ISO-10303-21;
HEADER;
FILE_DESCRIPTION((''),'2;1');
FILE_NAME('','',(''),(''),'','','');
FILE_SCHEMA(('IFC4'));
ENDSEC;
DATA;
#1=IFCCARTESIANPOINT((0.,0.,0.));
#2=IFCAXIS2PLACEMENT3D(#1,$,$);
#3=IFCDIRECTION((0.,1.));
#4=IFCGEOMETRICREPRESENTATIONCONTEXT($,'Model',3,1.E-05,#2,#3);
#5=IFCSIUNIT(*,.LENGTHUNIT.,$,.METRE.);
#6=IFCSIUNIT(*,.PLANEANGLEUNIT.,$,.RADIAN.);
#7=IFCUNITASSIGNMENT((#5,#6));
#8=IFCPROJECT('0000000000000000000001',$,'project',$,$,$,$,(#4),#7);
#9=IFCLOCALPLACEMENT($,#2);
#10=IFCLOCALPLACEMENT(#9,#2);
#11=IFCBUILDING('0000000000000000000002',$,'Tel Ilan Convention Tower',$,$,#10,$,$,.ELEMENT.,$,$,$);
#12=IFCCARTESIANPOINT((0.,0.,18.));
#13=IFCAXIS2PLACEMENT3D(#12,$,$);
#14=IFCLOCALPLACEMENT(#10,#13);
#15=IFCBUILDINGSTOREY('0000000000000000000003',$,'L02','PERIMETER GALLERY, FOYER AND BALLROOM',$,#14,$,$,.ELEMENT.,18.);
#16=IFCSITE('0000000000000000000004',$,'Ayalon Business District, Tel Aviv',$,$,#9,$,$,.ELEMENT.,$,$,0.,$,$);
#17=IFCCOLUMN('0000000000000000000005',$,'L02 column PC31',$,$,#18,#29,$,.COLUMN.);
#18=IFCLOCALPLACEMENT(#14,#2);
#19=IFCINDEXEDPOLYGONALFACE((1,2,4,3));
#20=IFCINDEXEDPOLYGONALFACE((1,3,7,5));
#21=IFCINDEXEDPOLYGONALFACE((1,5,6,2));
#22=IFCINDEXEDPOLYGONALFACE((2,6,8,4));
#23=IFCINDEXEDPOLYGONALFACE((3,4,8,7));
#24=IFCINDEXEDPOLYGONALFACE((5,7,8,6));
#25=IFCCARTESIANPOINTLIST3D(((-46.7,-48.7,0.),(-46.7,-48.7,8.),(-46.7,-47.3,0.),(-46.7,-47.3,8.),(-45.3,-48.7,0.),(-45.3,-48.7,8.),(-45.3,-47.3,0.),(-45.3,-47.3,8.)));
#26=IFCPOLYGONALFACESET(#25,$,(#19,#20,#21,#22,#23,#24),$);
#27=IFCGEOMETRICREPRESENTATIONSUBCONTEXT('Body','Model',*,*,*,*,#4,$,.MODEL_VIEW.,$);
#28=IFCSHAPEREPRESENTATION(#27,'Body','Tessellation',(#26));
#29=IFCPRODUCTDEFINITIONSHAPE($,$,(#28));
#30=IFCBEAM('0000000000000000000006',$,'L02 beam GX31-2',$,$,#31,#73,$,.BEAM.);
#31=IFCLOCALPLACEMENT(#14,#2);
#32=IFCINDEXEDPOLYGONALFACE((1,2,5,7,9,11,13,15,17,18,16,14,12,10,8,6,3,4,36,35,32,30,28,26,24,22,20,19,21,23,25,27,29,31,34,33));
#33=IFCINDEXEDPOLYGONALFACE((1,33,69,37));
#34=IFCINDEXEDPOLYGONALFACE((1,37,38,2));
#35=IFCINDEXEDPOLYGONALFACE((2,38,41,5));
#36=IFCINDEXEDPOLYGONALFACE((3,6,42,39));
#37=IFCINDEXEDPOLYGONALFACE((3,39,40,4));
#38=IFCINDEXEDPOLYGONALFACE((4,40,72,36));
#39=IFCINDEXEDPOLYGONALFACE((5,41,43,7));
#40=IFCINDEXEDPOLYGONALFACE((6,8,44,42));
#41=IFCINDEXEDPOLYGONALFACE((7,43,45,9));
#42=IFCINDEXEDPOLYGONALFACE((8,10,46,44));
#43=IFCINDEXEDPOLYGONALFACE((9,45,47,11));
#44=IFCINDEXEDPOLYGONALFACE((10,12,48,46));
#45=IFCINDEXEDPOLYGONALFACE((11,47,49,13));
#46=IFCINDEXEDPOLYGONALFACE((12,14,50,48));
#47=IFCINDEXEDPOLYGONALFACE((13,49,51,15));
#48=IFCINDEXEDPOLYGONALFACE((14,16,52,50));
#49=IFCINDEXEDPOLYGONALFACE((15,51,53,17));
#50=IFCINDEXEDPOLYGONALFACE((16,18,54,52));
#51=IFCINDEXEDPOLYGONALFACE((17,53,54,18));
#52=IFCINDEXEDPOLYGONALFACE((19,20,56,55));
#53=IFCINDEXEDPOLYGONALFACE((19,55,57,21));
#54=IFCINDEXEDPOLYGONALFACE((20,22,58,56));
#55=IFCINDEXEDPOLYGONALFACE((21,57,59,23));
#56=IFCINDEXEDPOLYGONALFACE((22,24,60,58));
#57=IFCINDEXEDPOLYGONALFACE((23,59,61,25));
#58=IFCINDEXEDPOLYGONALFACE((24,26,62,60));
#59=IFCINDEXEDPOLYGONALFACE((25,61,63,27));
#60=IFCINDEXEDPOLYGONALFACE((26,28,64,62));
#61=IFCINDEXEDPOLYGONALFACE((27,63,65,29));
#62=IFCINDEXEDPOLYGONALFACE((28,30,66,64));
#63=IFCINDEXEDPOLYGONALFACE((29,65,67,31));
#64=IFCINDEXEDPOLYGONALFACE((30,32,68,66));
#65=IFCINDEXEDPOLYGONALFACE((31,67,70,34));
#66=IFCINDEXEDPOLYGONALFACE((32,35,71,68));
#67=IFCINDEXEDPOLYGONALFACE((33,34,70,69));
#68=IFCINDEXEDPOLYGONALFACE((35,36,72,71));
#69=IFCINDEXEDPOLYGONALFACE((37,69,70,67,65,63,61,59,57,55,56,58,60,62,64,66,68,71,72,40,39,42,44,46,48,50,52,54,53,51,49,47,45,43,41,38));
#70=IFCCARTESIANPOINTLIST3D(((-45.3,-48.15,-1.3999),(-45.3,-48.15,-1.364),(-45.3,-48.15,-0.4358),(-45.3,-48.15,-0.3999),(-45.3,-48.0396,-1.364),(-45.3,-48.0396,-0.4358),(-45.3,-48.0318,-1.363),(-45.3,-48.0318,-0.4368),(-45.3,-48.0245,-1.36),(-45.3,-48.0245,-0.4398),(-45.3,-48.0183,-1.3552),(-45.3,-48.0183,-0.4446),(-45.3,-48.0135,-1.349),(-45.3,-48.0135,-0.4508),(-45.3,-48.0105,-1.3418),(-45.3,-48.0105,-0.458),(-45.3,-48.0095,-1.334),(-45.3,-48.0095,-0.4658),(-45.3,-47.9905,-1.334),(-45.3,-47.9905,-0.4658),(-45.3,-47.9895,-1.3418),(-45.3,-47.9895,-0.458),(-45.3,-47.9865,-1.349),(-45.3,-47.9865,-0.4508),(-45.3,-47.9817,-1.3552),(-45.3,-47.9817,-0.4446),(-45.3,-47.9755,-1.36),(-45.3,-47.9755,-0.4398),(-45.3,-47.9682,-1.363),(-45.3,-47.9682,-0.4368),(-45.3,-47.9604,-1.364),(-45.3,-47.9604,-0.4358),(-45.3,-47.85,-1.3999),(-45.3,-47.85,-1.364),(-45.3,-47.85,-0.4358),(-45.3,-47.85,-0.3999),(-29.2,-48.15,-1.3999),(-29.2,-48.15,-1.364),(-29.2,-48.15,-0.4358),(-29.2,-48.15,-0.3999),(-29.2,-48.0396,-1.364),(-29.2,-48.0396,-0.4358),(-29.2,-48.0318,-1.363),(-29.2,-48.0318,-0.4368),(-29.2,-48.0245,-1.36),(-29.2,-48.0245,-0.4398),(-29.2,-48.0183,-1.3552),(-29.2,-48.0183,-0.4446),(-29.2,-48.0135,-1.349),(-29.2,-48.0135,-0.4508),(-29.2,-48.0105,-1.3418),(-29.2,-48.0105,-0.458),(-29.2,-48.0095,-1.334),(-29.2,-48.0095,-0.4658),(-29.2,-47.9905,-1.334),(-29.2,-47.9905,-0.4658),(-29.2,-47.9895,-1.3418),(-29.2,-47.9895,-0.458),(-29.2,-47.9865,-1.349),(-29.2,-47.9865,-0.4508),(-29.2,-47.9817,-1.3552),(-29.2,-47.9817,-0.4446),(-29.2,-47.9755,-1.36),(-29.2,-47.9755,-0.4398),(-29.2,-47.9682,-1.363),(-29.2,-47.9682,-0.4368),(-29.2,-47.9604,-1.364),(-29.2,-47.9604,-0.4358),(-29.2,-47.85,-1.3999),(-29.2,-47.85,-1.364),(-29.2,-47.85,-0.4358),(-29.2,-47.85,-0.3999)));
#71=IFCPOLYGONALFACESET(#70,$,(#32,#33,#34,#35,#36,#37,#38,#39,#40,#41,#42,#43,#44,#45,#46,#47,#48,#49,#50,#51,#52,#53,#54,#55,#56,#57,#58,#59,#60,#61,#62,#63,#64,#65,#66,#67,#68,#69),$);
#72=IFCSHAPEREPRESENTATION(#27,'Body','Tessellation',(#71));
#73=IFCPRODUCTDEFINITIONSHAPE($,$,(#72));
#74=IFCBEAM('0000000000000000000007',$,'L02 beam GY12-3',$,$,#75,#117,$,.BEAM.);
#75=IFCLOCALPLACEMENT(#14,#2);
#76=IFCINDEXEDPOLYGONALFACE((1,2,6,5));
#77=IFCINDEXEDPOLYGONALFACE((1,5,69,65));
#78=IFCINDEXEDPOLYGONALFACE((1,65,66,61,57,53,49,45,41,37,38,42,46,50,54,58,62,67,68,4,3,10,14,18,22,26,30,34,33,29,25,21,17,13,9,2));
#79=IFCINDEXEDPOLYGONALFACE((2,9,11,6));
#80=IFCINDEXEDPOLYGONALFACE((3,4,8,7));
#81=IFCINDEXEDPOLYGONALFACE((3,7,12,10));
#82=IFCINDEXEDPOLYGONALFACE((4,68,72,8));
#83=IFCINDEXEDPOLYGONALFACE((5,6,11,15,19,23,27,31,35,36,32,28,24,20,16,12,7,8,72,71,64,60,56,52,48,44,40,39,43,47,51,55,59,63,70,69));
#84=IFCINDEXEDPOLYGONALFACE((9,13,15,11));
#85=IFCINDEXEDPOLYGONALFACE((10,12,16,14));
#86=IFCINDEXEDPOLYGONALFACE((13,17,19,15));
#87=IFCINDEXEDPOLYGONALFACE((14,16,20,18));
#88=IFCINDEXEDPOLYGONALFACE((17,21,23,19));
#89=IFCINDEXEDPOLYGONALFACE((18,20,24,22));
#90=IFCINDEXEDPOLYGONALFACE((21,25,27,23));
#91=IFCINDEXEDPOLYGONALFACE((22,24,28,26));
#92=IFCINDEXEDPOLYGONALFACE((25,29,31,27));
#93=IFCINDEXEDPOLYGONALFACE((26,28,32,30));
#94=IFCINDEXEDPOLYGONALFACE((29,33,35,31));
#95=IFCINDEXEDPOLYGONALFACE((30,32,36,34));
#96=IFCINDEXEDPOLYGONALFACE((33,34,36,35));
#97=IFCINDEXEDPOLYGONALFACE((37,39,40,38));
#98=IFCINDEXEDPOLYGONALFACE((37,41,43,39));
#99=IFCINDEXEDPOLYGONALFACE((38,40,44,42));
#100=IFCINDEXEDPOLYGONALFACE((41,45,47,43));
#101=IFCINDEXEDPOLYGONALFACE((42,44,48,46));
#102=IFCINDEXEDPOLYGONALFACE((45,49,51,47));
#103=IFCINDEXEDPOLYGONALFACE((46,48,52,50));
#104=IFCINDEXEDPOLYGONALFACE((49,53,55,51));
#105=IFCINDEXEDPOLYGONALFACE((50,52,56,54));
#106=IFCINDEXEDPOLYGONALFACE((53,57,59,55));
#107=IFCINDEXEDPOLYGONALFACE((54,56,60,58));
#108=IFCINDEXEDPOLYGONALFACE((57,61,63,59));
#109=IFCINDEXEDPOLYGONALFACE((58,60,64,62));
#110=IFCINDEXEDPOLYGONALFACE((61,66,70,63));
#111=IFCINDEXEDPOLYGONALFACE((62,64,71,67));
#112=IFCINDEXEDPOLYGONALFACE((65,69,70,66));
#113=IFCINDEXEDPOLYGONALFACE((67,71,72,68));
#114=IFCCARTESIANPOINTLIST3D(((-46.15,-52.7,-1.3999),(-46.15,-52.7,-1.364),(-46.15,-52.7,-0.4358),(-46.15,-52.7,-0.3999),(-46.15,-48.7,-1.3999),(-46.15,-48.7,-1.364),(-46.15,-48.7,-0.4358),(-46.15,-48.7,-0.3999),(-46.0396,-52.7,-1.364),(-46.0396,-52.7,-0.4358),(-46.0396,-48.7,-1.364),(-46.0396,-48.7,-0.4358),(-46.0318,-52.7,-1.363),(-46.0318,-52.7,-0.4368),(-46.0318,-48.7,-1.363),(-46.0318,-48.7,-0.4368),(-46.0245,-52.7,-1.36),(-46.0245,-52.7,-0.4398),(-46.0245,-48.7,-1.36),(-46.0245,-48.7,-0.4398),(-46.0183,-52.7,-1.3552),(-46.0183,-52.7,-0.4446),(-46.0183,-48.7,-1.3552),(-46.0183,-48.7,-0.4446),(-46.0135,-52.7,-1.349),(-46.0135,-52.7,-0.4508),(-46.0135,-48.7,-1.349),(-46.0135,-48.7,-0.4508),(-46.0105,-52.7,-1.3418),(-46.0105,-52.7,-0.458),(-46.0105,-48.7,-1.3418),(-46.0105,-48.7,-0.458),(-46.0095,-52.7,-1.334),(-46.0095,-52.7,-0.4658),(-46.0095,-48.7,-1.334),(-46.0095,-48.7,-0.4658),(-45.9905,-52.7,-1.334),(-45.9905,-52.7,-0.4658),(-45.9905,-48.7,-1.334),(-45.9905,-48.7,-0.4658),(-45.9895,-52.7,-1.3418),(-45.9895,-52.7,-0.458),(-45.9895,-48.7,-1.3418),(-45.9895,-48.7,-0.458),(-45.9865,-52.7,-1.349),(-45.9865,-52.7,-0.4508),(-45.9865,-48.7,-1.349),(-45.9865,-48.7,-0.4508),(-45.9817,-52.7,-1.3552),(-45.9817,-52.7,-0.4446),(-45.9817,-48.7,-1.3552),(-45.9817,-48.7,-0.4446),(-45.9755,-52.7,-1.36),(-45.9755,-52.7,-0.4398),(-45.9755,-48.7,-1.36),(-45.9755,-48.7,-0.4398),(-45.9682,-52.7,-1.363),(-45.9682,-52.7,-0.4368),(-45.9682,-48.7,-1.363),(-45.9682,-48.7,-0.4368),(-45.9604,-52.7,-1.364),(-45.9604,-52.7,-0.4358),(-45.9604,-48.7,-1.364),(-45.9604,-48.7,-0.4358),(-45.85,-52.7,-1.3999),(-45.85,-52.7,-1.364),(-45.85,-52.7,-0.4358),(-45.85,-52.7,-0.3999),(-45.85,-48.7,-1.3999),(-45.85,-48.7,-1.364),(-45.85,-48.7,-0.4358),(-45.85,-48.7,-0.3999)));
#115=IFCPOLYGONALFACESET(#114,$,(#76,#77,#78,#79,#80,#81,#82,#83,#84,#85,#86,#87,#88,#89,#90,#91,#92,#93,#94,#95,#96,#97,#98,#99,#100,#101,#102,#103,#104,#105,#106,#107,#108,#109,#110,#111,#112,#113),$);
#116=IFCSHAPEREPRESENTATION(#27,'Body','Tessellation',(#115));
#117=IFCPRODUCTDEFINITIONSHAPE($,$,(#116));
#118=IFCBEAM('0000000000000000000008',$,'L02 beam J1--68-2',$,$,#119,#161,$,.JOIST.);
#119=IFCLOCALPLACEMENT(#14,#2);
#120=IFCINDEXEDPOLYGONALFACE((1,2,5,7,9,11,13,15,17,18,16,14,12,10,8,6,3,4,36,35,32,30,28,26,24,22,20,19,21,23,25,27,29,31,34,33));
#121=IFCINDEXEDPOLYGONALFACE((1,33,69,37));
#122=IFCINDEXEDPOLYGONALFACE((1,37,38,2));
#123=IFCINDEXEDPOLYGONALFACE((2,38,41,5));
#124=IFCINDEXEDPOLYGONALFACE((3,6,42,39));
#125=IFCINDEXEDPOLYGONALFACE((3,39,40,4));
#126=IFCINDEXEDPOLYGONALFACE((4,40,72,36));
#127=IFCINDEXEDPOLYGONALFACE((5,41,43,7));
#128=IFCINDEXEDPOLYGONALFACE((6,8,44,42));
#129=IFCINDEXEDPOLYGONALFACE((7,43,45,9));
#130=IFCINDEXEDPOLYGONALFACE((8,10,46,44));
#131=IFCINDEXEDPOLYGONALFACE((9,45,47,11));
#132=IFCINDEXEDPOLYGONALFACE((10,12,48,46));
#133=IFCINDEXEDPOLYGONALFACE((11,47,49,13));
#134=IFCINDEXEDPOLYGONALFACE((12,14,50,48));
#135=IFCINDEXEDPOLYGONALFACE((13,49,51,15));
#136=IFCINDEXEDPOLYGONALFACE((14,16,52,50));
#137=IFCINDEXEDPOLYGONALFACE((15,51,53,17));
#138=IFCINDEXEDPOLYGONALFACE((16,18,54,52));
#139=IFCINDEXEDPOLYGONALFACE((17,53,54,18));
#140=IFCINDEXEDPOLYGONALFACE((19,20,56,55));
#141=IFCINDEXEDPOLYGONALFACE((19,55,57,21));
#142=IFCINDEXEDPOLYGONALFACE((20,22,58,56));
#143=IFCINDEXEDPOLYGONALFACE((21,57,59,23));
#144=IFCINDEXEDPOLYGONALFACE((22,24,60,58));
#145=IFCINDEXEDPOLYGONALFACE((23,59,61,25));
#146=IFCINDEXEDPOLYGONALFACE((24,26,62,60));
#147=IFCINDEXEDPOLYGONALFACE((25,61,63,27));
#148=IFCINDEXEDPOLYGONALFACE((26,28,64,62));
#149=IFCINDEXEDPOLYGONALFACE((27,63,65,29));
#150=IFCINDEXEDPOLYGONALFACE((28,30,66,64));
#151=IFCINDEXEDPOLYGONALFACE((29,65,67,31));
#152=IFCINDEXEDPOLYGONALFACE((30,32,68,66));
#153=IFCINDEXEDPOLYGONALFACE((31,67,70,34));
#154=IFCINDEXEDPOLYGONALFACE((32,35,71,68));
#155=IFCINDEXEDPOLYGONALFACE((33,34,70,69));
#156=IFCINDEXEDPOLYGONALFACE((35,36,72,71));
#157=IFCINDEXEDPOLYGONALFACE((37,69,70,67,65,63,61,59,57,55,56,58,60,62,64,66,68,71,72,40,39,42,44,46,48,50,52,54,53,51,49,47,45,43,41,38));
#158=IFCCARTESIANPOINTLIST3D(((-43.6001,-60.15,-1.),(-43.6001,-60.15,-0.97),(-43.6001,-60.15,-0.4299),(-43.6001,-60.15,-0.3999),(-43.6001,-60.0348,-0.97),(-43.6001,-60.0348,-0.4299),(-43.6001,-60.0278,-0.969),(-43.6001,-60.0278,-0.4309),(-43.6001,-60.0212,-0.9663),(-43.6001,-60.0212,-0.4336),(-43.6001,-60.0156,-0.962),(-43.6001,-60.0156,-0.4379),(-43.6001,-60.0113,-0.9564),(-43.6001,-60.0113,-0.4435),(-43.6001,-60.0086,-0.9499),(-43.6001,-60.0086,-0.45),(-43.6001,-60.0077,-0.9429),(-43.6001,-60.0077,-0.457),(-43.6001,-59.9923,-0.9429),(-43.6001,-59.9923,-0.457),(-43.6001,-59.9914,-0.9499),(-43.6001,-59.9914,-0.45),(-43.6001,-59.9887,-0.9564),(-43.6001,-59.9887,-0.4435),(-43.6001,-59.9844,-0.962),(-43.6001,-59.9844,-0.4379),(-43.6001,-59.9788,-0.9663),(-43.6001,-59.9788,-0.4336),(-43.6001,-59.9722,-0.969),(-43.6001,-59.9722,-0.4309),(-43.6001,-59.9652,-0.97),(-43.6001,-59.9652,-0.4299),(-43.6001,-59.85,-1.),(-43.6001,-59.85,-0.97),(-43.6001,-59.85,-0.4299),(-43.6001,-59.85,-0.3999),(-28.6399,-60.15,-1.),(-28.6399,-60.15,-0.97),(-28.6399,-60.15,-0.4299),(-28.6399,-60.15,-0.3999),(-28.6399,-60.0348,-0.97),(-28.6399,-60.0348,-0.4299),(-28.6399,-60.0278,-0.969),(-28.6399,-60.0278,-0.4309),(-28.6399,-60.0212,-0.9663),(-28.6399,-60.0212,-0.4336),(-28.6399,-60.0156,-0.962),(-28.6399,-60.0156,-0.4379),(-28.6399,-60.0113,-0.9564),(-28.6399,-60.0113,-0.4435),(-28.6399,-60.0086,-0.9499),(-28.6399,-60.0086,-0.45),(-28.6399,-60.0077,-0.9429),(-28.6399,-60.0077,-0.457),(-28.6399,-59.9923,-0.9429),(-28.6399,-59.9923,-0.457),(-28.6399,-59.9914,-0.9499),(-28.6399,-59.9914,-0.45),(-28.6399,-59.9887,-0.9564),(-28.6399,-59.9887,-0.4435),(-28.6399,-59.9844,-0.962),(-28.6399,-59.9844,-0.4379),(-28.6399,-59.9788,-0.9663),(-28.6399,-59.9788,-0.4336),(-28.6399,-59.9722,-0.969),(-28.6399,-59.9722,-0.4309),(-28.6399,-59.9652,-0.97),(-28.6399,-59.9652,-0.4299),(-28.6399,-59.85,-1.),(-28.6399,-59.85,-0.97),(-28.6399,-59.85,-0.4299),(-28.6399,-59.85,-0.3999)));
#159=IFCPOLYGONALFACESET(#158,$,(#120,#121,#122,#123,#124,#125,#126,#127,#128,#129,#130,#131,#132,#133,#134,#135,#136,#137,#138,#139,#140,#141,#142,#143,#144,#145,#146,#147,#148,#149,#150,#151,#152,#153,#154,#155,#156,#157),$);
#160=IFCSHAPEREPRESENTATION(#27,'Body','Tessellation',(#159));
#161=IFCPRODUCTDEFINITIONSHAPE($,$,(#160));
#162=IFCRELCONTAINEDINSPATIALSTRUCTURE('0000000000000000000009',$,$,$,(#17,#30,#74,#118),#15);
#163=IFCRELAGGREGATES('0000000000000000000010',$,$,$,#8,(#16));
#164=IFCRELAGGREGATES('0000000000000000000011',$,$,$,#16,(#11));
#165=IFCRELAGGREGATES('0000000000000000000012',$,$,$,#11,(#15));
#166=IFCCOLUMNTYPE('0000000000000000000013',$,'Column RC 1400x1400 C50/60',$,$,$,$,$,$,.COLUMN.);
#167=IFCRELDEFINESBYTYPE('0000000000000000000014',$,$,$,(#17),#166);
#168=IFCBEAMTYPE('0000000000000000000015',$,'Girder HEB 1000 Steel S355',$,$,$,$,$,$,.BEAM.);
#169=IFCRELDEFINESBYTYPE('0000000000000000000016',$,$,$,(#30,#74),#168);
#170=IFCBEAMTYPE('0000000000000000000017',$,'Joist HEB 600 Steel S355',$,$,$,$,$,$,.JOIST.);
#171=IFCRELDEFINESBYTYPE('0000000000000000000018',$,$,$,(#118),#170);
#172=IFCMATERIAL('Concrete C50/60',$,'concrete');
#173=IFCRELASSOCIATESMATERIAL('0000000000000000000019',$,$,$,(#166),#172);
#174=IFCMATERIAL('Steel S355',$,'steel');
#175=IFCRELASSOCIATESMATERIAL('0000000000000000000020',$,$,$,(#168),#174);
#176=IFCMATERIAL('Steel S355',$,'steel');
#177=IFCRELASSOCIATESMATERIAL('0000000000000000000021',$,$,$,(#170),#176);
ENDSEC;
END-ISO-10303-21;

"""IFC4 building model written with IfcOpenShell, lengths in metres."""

from ifc_helpers import new_model, si_unit, direction, frame, origin, origin_2d, place, context, subcontext, project, spatial, rectangle, i_section, extrude, material, material_profile, profile_set, type_object, element, save


model = new_model("IFC4")

# Units and contexts
model_context = context("Model", 3, precision=1e-05, world=origin(), true_north=direction((0.0, 1.0)))
body_context = subcontext(model_context, "Body", "Model", "MODEL_VIEW")
ifc_project = project(units=[si_unit("LENGTHUNIT", "METRE"), si_unit("PLANEANGLEUNIT", "RADIAN")], contexts=[model_context])

# Site, building, storey
site_placement = place(None, origin())
site = spatial("IfcSite", under=ifc_project, at=site_placement, Name="Ayalon Business District, Tel Aviv", CompositionType="ELEMENT", RefElevation=0.0)
building_placement = place(site_placement, origin())
building = spatial("IfcBuilding", under=site, at=building_placement, Name="Tel Ilan Convention Tower", CompositionType="ELEMENT")
storey_placement = place(building_placement, frame((0.0, 0.0, 18.0)))
storey = spatial("IfcBuildingStorey", under=building, at=storey_placement, Name="L02", Description="PERIMETER GALLERY, FOYER AND BALLROOM", CompositionType="ELEMENT", Elevation=18.0)

# Column
ifc_material_1 = material(Name="Concrete C50/60", Category="concrete")
ifc_material_profile_1 = material_profile(ifc_material_1, rectangle(XDim=1.3999, YDim=1.3999, at=origin_2d()), Name="RC 1400x1400")
ifc_profile_set_1 = profile_set([ifc_material_profile_1], Name="Concrete C50/60")
column_type = type_object("IfcColumnType", Name="Column RC 1400x1400 C50/60", PredefinedType="COLUMN", material=ifc_profile_set_1)
column_placement = place(storey_placement, frame((-46.0, -48.0, 0.0), z_axis=(0.0, 0.0, 1.0), x_axis=(1.0, 0.0, 0.0)))
element("IfcColumn", 1, at=column_placement, inside=storey, type_object=column_type, Name="L02 column PC31", PredefinedType="COLUMN", context=body_context, shape_type="SweptSolid", body=[
    extrude(rectangle(XDim=1.3999, YDim=1.3999, at=origin_2d()), origin(), (0.0, 0.0, 1.0), 8.0),
])

# Beams
ifc_material_2 = material(Name="Steel S355", Category="steel")
ifc_material_profile_2 = material_profile(ifc_material_2, i_section(OverallWidth=0.3, OverallDepth=1.0, WebThickness=0.019, FlangeThickness=0.0359, FilletRadius=0.03, at=origin_2d()), Name="HEB 1000")
ifc_profile_set_2 = profile_set([ifc_material_profile_2], Name="Steel S355")
beam_type_1 = type_object("IfcBeamType", Name="Girder HEB 1000 Steel S355", PredefinedType="BEAM", material=ifc_profile_set_2)
beam_1_placement = place(storey_placement, frame((-45.3, -48.0, -0.8999), z_axis=(1.0, 0.0, 0.0), x_axis=(0.0, 1.0, 0.0)))
element("IfcBeam", 2, at=beam_1_placement, inside=storey, type_object=beam_type_1, Name="L02 beam GX31-2", PredefinedType="BEAM", context=body_context, shape_type="SweptSolid", body=[
    extrude(i_section(OverallWidth=0.3, OverallDepth=1.0, WebThickness=0.019, FlangeThickness=0.0359, FilletRadius=0.03, at=origin_2d()), origin(), (0.0, 0.0, 1.0), 16.1001),
])
beam_2_placement = place(storey_placement, frame((-46.0, -52.7, -0.8999), z_axis=(0.0, 1.0, 0.0), x_axis=(-1.0, 0.0, 0.0)))
element("IfcBeam", 3, at=beam_2_placement, inside=storey, type_object=beam_type_1, Name="L02 beam GY12-3", PredefinedType="BEAM", context=body_context, shape_type="SweptSolid", body=[
    extrude(i_section(OverallWidth=0.3, OverallDepth=1.0, WebThickness=0.019, FlangeThickness=0.0359, FilletRadius=0.03, at=origin_2d()), origin(), (0.0, 0.0, 1.0), 4.0),
])
ifc_material_3 = material(Name="Steel S355", Category="steel")
ifc_material_profile_3 = material_profile(ifc_material_3, i_section(OverallWidth=0.3, OverallDepth=0.6001, WebThickness=0.0154, FlangeThickness=0.03, FilletRadius=0.0271, at=origin_2d()), Name="HEB 600")
ifc_profile_set_3 = profile_set([ifc_material_profile_3], Name="Steel S355")
beam_type_2 = type_object("IfcBeamType", Name="Joist HEB 600 Steel S355", PredefinedType="JOIST", material=ifc_profile_set_3)
for number, where, z_axis, x_axis, name in (
    (4, (-43.6001, -60.0, -0.7), (1.0, 0.0, 0.0), (0.0, 1.0, 0.0), "L02 beam J1--68-2"),
):
    element("IfcBeam", number, at=place(storey_placement, frame(where, z_axis=z_axis, x_axis=x_axis)), inside=storey, type_object=beam_type_2, Name=name, PredefinedType="JOIST", context=body_context, shape_type="SweptSolid", body=[
        extrude(i_section(OverallWidth=0.3, OverallDepth=0.6001, WebThickness=0.0154, FlangeThickness=0.03, FilletRadius=0.0271, at=origin_2d()), origin(), (0.0, 0.0, 1.0), 14.9602),
    ])

save(model, "model.ifc")
